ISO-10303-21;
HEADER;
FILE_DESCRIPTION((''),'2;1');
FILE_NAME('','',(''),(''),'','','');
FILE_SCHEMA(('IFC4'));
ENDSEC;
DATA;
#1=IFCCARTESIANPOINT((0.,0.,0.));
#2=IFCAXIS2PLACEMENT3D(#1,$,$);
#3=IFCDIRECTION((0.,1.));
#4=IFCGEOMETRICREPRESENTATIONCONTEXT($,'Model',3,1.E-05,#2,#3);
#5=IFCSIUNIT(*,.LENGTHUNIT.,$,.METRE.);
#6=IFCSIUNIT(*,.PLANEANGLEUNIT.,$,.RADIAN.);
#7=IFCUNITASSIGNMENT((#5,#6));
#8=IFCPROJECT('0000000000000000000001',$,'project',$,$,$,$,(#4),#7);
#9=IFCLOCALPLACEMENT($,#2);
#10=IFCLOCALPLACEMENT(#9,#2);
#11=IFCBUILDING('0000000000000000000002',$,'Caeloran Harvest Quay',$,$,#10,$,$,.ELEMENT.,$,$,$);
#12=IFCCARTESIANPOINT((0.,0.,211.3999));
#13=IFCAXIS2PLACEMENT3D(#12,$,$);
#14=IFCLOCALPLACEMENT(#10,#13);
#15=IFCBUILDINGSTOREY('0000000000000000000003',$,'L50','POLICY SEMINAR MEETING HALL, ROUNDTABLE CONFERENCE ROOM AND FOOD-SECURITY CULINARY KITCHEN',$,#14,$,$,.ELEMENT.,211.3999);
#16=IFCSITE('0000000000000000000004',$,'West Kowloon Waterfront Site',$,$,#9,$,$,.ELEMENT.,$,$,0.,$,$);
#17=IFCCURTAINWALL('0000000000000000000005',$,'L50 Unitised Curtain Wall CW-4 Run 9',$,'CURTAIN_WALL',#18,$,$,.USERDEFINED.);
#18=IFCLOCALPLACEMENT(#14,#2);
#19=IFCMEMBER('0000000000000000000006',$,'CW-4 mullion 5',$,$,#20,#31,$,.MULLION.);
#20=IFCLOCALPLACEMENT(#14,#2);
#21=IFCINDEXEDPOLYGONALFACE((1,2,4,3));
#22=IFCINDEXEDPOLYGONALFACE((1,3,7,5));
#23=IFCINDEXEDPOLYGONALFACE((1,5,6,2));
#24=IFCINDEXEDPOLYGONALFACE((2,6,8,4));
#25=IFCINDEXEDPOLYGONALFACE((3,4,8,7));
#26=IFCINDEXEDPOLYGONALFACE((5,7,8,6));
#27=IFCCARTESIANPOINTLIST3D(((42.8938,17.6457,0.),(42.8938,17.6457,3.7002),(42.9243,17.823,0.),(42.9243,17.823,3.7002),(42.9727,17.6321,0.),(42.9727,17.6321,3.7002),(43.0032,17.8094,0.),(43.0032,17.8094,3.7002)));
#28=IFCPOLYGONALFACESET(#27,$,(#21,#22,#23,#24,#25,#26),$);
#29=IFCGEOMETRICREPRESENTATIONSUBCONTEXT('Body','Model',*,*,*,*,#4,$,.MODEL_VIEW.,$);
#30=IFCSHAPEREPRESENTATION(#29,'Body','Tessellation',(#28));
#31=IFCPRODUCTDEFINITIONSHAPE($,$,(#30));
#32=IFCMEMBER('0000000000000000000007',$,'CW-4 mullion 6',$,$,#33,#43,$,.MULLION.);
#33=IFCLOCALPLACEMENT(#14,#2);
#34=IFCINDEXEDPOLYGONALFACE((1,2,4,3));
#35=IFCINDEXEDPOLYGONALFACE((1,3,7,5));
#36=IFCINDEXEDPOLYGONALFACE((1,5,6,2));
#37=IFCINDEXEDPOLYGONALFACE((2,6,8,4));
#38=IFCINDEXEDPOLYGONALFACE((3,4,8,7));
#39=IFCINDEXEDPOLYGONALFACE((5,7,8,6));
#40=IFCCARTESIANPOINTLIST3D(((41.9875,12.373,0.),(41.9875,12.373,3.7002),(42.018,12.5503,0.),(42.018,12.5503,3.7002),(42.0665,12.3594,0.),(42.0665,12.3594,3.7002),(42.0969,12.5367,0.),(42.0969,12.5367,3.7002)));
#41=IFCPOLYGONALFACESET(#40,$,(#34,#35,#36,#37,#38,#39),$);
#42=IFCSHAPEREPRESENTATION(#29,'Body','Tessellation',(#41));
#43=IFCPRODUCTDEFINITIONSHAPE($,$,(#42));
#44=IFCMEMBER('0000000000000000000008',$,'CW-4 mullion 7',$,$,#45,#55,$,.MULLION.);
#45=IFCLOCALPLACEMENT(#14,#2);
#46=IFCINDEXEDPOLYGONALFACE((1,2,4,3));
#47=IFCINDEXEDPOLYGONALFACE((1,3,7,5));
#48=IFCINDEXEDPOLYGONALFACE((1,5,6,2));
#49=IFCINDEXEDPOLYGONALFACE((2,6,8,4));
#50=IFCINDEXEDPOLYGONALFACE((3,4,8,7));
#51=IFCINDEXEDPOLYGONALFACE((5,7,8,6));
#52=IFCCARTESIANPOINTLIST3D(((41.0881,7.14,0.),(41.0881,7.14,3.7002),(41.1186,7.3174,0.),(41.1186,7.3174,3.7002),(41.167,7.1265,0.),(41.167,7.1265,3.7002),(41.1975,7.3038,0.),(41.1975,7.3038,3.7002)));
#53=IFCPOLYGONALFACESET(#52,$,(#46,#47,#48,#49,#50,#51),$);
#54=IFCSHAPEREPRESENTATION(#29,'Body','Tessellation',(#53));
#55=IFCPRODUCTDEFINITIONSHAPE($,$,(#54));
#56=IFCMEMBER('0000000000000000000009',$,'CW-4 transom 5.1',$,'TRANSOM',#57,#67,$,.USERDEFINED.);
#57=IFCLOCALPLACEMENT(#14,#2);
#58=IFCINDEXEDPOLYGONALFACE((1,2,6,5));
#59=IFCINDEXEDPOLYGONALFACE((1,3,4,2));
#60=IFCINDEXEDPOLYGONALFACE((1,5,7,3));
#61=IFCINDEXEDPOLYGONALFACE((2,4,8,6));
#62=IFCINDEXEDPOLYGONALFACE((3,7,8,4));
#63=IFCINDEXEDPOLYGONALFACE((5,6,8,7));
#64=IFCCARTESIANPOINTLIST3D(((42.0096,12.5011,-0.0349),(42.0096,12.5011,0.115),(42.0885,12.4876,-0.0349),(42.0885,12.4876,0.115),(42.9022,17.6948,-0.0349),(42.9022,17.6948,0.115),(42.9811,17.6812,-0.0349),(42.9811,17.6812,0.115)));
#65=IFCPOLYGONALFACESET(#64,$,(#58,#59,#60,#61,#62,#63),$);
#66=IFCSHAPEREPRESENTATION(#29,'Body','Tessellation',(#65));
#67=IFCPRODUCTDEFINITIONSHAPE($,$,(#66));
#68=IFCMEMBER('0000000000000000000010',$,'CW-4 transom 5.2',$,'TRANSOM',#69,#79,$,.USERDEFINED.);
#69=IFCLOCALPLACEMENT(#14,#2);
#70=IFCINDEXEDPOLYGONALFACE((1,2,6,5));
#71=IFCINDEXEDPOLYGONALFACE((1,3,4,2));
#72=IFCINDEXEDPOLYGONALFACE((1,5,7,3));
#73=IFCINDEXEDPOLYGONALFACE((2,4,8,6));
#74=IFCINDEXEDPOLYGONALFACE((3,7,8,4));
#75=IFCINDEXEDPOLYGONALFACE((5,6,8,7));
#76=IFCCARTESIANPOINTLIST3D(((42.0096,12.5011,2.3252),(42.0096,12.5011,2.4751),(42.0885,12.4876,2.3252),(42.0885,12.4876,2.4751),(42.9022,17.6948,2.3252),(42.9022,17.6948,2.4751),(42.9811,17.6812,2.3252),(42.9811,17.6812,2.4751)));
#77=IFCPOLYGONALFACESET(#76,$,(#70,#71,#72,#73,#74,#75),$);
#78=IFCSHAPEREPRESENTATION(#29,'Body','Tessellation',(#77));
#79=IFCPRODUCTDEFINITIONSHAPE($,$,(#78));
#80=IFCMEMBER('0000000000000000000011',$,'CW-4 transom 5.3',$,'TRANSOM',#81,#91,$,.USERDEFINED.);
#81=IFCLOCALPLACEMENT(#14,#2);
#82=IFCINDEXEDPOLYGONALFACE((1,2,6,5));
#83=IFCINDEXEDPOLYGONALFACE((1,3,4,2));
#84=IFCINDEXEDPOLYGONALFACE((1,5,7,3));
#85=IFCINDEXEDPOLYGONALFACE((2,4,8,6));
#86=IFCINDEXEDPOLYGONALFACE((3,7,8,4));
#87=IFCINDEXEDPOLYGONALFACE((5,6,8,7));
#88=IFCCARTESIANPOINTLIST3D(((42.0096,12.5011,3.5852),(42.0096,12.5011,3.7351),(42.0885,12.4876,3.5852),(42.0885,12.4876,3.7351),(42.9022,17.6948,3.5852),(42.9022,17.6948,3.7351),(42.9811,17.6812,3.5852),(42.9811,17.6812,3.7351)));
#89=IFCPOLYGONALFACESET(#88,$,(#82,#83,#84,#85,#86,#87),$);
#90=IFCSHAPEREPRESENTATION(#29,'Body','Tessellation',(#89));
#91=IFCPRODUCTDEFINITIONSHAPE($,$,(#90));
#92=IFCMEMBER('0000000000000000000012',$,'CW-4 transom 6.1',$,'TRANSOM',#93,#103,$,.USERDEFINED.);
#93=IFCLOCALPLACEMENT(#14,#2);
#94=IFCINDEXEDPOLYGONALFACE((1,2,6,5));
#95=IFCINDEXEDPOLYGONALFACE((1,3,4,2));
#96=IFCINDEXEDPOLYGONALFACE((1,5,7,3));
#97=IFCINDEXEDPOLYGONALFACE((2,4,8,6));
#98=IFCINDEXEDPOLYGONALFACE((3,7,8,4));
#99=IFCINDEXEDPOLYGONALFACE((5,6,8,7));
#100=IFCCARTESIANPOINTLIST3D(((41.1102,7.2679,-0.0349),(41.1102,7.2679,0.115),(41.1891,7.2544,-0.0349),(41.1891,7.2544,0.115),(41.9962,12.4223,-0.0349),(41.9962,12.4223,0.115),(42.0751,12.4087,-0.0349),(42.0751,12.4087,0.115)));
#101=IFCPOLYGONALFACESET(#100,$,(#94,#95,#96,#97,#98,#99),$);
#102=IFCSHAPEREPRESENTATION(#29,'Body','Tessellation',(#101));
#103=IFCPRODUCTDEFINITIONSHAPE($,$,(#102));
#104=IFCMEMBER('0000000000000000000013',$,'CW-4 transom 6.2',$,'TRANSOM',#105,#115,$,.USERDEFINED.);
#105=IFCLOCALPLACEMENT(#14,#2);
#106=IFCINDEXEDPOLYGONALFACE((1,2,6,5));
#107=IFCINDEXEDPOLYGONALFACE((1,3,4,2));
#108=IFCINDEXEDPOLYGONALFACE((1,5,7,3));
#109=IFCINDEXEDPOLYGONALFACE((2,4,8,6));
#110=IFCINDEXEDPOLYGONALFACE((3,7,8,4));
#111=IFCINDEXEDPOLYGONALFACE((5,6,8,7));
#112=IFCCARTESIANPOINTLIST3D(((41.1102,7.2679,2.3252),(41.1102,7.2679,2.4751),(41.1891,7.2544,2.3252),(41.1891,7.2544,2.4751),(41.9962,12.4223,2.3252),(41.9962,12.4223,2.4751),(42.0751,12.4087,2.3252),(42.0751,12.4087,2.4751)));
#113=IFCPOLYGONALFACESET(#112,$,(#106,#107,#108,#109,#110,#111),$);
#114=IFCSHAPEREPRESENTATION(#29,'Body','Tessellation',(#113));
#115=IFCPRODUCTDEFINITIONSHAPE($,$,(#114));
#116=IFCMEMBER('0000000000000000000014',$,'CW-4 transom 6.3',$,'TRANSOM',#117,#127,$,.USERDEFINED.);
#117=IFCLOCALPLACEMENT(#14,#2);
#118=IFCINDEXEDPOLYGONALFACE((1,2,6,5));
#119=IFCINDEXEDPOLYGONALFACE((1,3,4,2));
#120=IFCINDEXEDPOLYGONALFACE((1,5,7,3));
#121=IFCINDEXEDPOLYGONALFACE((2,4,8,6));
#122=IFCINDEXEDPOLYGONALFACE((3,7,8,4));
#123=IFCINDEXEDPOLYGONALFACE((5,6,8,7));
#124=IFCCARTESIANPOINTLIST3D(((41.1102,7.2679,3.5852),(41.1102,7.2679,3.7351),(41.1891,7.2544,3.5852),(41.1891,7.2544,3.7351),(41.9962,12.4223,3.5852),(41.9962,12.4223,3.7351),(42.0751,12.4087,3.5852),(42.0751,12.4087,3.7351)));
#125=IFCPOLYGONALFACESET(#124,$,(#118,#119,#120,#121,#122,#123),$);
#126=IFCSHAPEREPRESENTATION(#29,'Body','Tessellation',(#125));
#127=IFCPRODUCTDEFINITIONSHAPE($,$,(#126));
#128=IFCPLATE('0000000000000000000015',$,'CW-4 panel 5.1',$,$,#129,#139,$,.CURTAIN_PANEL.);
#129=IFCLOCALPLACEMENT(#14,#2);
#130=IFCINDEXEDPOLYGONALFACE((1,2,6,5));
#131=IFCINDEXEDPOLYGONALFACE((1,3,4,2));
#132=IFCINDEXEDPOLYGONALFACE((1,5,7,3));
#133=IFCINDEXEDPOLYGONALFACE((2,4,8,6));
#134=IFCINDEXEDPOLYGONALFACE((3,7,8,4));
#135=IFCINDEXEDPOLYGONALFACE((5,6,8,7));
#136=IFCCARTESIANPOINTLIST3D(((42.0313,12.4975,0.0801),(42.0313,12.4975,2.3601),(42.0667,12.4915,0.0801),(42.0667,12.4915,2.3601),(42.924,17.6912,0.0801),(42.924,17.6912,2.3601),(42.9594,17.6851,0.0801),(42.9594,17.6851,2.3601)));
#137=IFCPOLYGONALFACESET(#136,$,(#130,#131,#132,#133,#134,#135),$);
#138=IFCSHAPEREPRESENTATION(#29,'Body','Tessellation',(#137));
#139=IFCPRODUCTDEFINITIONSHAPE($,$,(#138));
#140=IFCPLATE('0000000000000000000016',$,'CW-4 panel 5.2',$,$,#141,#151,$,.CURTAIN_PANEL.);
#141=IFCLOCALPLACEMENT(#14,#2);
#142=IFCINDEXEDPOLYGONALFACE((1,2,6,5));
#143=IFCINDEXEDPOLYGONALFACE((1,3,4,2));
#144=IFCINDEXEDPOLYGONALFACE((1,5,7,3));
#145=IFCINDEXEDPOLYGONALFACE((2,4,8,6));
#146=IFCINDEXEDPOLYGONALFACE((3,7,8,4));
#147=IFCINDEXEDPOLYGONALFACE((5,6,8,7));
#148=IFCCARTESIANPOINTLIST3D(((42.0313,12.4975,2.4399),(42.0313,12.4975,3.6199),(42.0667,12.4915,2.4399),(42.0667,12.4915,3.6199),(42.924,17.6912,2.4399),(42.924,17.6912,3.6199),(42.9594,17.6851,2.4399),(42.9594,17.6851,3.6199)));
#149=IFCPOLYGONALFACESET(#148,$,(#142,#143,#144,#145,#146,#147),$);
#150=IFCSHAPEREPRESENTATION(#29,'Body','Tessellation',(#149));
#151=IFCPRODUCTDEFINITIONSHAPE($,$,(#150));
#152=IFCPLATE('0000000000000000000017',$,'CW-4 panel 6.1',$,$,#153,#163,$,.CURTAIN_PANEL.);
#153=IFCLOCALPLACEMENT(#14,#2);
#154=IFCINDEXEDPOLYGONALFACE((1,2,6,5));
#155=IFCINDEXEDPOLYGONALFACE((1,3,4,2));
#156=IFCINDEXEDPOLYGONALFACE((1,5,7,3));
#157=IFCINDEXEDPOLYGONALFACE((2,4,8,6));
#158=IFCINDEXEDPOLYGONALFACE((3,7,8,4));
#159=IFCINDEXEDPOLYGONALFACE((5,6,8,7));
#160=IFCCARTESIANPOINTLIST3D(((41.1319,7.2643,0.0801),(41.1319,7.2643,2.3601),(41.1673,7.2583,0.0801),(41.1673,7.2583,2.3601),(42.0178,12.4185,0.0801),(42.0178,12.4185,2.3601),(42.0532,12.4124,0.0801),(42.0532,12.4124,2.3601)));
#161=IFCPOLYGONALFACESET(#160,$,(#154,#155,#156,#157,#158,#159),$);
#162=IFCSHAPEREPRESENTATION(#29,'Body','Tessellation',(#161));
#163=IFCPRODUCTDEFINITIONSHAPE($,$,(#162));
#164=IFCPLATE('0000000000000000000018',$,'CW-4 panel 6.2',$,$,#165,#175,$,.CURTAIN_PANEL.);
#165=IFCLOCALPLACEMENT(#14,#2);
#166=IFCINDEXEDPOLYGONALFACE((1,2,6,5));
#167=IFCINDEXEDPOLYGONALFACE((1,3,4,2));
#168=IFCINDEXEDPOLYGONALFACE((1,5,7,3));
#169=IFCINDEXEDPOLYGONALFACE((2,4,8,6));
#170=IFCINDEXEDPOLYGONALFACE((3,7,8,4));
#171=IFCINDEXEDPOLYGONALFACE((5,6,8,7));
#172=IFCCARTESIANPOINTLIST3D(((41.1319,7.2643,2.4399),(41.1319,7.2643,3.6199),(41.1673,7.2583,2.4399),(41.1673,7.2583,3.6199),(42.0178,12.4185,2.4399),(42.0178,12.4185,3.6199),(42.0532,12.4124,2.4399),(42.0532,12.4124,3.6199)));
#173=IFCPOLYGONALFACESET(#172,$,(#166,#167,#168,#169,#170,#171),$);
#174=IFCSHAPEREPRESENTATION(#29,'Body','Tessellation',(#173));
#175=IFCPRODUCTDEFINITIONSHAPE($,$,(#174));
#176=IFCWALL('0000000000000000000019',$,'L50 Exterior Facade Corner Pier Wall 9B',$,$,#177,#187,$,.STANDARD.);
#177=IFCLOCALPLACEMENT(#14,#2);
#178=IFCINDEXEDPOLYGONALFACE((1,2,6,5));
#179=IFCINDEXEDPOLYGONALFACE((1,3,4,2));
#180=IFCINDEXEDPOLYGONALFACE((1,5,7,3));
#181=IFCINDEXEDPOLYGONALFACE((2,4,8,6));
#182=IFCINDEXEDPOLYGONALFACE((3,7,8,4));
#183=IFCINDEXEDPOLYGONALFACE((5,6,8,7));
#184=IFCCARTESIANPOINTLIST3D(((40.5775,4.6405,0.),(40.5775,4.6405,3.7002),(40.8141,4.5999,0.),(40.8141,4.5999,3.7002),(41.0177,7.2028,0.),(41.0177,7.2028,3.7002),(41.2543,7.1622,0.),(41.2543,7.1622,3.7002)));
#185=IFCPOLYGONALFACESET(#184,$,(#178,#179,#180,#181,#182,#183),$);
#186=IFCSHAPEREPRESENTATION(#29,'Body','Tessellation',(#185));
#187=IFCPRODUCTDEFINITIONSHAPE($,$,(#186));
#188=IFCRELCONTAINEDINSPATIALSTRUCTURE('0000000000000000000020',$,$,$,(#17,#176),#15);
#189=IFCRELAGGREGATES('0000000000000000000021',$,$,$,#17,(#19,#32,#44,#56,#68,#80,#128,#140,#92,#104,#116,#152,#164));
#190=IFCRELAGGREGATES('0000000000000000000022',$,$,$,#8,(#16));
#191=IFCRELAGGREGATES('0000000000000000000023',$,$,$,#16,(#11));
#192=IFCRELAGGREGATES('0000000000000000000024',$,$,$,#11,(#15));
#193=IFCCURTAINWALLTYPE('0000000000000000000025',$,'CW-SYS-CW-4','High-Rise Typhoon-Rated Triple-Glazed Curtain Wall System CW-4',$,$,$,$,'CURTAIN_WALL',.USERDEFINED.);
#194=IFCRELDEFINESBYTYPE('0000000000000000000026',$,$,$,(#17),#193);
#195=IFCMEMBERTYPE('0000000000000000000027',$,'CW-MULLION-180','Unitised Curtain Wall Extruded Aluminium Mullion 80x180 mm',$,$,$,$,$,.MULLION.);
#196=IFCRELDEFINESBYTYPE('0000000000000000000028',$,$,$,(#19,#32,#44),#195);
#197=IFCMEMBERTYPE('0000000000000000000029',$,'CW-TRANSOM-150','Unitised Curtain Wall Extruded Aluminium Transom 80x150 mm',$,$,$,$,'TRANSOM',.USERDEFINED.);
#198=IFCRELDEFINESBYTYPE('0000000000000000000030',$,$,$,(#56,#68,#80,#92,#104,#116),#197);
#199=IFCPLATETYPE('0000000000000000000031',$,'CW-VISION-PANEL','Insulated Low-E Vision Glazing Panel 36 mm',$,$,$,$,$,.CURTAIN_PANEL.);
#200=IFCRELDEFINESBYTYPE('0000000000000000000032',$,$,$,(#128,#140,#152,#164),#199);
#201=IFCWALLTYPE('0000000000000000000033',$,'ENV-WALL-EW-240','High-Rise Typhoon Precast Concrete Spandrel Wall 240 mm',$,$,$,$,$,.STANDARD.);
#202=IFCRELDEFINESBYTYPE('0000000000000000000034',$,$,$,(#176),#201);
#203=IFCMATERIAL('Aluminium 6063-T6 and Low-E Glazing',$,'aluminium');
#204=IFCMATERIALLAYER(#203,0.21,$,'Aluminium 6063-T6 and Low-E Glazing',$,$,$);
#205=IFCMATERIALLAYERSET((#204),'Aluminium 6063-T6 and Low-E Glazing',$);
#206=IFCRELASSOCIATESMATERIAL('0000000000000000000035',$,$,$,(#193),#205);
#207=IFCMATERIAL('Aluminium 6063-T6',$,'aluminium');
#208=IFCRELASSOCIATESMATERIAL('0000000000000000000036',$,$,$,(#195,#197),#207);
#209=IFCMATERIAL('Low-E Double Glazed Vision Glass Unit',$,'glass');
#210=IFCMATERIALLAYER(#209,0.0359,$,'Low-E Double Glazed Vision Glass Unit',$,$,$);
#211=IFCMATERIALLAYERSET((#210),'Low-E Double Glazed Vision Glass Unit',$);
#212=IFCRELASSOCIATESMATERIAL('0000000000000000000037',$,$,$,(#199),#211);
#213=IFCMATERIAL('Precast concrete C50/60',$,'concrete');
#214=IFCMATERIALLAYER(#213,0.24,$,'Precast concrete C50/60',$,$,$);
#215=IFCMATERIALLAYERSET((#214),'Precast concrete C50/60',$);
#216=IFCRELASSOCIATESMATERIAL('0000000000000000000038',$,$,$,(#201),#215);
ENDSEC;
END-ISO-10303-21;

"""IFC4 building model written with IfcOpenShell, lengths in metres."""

from ifc_helpers import new_model, si_unit, direction, frame, frame_2d, origin, origin_2d, place, context, subcontext, project, spatial, rectangle, extrude, material, layer, layer_set, material_profile, profile_set, type_object, element, aggregate, save


model = new_model("IFC4")

# Units and contexts
model_context = context("Model", 3, precision=1e-05, world=origin(), true_north=direction((0.0, 1.0)))
body_context = subcontext(model_context, "Body", "Model", "MODEL_VIEW")
ifc_project = project(units=[si_unit("LENGTHUNIT", "METRE"), si_unit("PLANEANGLEUNIT", "RADIAN")], contexts=[model_context])

# Site, building, storey
site_placement = place(None, origin())
site = spatial("IfcSite", under=ifc_project, at=site_placement, Name="West Kowloon Waterfront Site", CompositionType="ELEMENT", RefElevation=0.0)
building_placement = place(site_placement, origin())
building = spatial("IfcBuilding", under=site, at=building_placement, Name="Caeloran Harvest Quay", CompositionType="ELEMENT")
storey_placement = place(building_placement, frame((0.0, 0.0, 211.3999)))
storey = spatial("IfcBuildingStorey", under=building, at=storey_placement, Name="L50", Description="POLICY SEMINAR MEETING HALL, ROUNDTABLE CONFERENCE ROOM AND FOOD-SECURITY CULINARY KITCHEN", CompositionType="ELEMENT", Elevation=211.3999)

# Curtain wall, members, plates
ifc_material_1 = material(Name="Aluminium 6063-T6 and Low-E Glazing", Category="aluminium")
ifc_layer_1 = layer(ifc_material_1, 0.21, Name="Aluminium 6063-T6 and Low-E Glazing")
ifc_layer_set_1 = layer_set([ifc_layer_1], Name="Aluminium 6063-T6 and Low-E Glazing")
curtain_wall_type = type_object("IfcCurtainWallType", Name="CW-SYS-CW-4", Description="High-Rise Typhoon-Rated Triple-Glazed Curtain Wall System CW-4", ElementType="CURTAIN_WALL", PredefinedType="USERDEFINED", material=ifc_layer_set_1)
curtain_wall_placement = place(storey_placement, origin())
curtain_wall = element("IfcCurtainWall", 1, at=curtain_wall_placement, inside=storey, type_object=curtain_wall_type, Name="L50 Unitised Curtain Wall CW-4 Run 9", ObjectType="CURTAIN_WALL", PredefinedType="USERDEFINED")
ifc_material_2 = material(Name="Aluminium 6063-T6", Category="aluminium")
ifc_material_profile_1 = material_profile(ifc_material_2, rectangle(XDim=0.0801, YDim=0.1799, at=origin_2d()), Name="CW-MULLION-180")
ifc_profile_set_1 = profile_set([ifc_material_profile_1], Name="Aluminium 6063-T6")
member_type_1 = type_object("IfcMemberType", Name="CW-MULLION-180", Description="Unitised Curtain Wall Extruded Aluminium Mullion 80x180 mm", PredefinedType="MULLION", material=ifc_profile_set_1)
member_1_placement = place(storey_placement, frame((42.9485, 17.7275, 0.0), z_axis=(0.0, 0.0, 1.0), x_axis=(0.985549, -0.169391, 0.0)))
member_1 = element("IfcMember", 2, at=member_1_placement, type_object=member_type_1, Name="CW-4 mullion 5", PredefinedType="MULLION", context=body_context, shape_type="SweptSolid", body=[
    extrude(rectangle(XDim=0.0801, YDim=0.1799, at=origin_2d()), origin(), (0.0, 0.0, 1.0), 3.7002),
])
member_2_placement = place(storey_placement, frame((42.0422, 12.4548, 0.0), z_axis=(0.0, 0.0, 1.0), x_axis=(0.985549, -0.169391, 0.0)))
member_2 = element("IfcMember", 3, at=member_2_placement, type_object=member_type_1, Name="CW-4 mullion 6", PredefinedType="MULLION", context=body_context, shape_type="SweptSolid", body=[
    extrude(rectangle(XDim=0.0801, YDim=0.1799, at=origin_2d()), origin(), (0.0, 0.0, 1.0), 3.7002),
])
member_3_placement = place(storey_placement, frame((41.1428, 7.2219, 0.0), z_axis=(0.0, 0.0, 1.0), x_axis=(0.985549, -0.169391, 0.0)))
member_3 = element("IfcMember", 4, at=member_3_placement, type_object=member_type_1, Name="CW-4 mullion 7", PredefinedType="MULLION", context=body_context, shape_type="SweptSolid", body=[
    extrude(rectangle(XDim=0.0801, YDim=0.1799, at=origin_2d()), origin(), (0.0, 0.0, 1.0), 3.7002),
])
ifc_material_profile_2 = material_profile(ifc_material_2, rectangle(XDim=0.0801, YDim=0.1499, at=origin_2d()), Name="CW-TRANSOM-150")
ifc_profile_set_2 = profile_set([ifc_material_profile_2], Name="Aluminium 6063-T6")
member_type_2 = type_object("IfcMemberType", Name="CW-TRANSOM-150", Description="Unitised Curtain Wall Extruded Aluminium Transom 80x150 mm", ElementType="TRANSOM", PredefinedType="USERDEFINED", material=ifc_profile_set_2)
member_4_placement = place(storey_placement, frame((42.9417, 17.688, 0.04), z_axis=(-0.169378, -0.985551, 0.0), x_axis=(0.985551, -0.169378, 0.0)))
member_4 = element("IfcMember", 5, at=member_4_placement, type_object=member_type_2, Name="CW-4 transom 5.1", ObjectType="TRANSOM", PredefinedType="USERDEFINED", context=body_context, shape_type="SweptSolid", body=[
    extrude(rectangle(XDim=0.0801, YDim=0.1499, at=origin_2d()), origin(), (0.0, 0.0, 1.0), 5.2698),
])
member_5_placement = place(storey_placement, frame((42.9417, 17.688, 2.4001), z_axis=(-0.169378, -0.985551, 0.0), x_axis=(0.985551, -0.169378, 0.0)))
member_5 = element("IfcMember", 6, at=member_5_placement, type_object=member_type_2, Name="CW-4 transom 5.2", ObjectType="TRANSOM", PredefinedType="USERDEFINED", context=body_context, shape_type="SweptSolid", body=[
    extrude(rectangle(XDim=0.0801, YDim=0.1499, at=origin_2d()), origin(), (0.0, 0.0, 1.0), 5.2698),
])
member_6_placement = place(storey_placement, frame((42.9417, 17.688, 3.6602), z_axis=(-0.169378, -0.985551, 0.0), x_axis=(0.985551, -0.169378, 0.0)))
member_6 = element("IfcMember", 7, at=member_6_placement, type_object=member_type_2, Name="CW-4 transom 5.3", ObjectType="TRANSOM", PredefinedType="USERDEFINED", context=body_context, shape_type="SweptSolid", body=[
    extrude(rectangle(XDim=0.0801, YDim=0.1499, at=origin_2d()), origin(), (0.0, 0.0, 1.0), 5.2698),
])
member_7_placement = place(storey_placement, frame((42.0356, 12.4155, 0.04), z_axis=(-0.169408, -0.985546, 0.0), x_axis=(0.985546, -0.169408, 0.0)))
member_7 = element("IfcMember", 8, at=member_7_placement, type_object=member_type_2, Name="CW-4 transom 6.1", ObjectType="TRANSOM", PredefinedType="USERDEFINED", context=body_context, shape_type="SweptSolid", body=[
    extrude(rectangle(XDim=0.0801, YDim=0.1499, at=origin_2d()), origin(), (0.0, 0.0, 1.0), 5.23),
])
member_8_placement = place(storey_placement, frame((42.0356, 12.4155, 2.4001), z_axis=(-0.169408, -0.985546, 0.0), x_axis=(0.985546, -0.169408, 0.0)))
member_8 = element("IfcMember", 9, at=member_8_placement, type_object=member_type_2, Name="CW-4 transom 6.2", ObjectType="TRANSOM", PredefinedType="USERDEFINED", context=body_context, shape_type="SweptSolid", body=[
    extrude(rectangle(XDim=0.0801, YDim=0.1499, at=origin_2d()), origin(), (0.0, 0.0, 1.0), 5.23),
])
member_9_placement = place(storey_placement, frame((42.0356, 12.4155, 3.6602), z_axis=(-0.169408, -0.985546, 0.0), x_axis=(0.985546, -0.169408, 0.0)))
member_9 = element("IfcMember", 10, at=member_9_placement, type_object=member_type_2, Name="CW-4 transom 6.3", ObjectType="TRANSOM", PredefinedType="USERDEFINED", context=body_context, shape_type="SweptSolid", body=[
    extrude(rectangle(XDim=0.0801, YDim=0.1499, at=origin_2d()), origin(), (0.0, 0.0, 1.0), 5.23),
])
ifc_material_3 = material(Name="Low-E Double Glazed Vision Glass Unit", Category="glass")
ifc_layer_2 = layer(ifc_material_3, 0.0359, Name="Low-E Double Glazed Vision Glass Unit")
ifc_layer_set_2 = layer_set([ifc_layer_2], Name="Low-E Double Glazed Vision Glass Unit")
plate_type = type_object("IfcPlateType", Name="CW-VISION-PANEL", Description="Insulated Low-E Vision Glazing Panel 36 mm", PredefinedType="CURTAIN_PANEL", material=ifc_layer_set_2)
plate_1_placement = place(storey_placement, frame((42.4954, 15.0913, 0.0801), z_axis=(0.0, 0.0, 1.0), x_axis=(-0.169391, -0.985549, 0.0)))
plate_1 = element("IfcPlate", 11, at=plate_1_placement, type_object=plate_type, Name="CW-4 panel 5.1", PredefinedType="CURTAIN_PANEL", context=body_context, shape_type="SweptSolid", body=[
    extrude(rectangle(XDim=5.2698, YDim=0.0359, at=origin_2d()), origin(), (0.0, 0.0, 1.0), 2.28),
])
plate_2_placement = place(storey_placement, frame((42.4954, 15.0913, 2.4399), z_axis=(0.0, 0.0, 1.0), x_axis=(-0.169391, -0.985549, 0.0)))
plate_2 = element("IfcPlate", 12, at=plate_2_placement, type_object=plate_type, Name="CW-4 panel 5.2", PredefinedType="CURTAIN_PANEL", context=body_context, shape_type="SweptSolid", body=[
    extrude(rectangle(XDim=5.2698, YDim=0.0359, at=origin_2d()), origin(), (0.0, 0.0, 1.0), 1.1799),
])
plate_3_placement = place(storey_placement, frame((41.5925, 9.8384, 0.0801), z_axis=(0.0, 0.0, 1.0), x_axis=(-0.169391, -0.985549, 0.0)))
plate_3 = element("IfcPlate", 13, at=plate_3_placement, type_object=plate_type, Name="CW-4 panel 6.1", PredefinedType="CURTAIN_PANEL", context=body_context, shape_type="SweptSolid", body=[
    extrude(rectangle(XDim=5.2297, YDim=0.0359, at=origin_2d()), origin(), (0.0, 0.0, 1.0), 2.28),
])
plate_4_placement = place(storey_placement, frame((41.5925, 9.8384, 2.4399), z_axis=(0.0, 0.0, 1.0), x_axis=(-0.169391, -0.985549, 0.0)))
plate_4 = element("IfcPlate", 14, at=plate_4_placement, type_object=plate_type, Name="CW-4 panel 6.2", PredefinedType="CURTAIN_PANEL", context=body_context, shape_type="SweptSolid", body=[
    extrude(rectangle(XDim=5.2297, YDim=0.0359, at=origin_2d()), origin(), (0.0, 0.0, 1.0), 1.1799),
])
aggregate(curtain_wall, [member_1, member_2, member_3, member_4, member_5, member_6, plate_1, plate_2, member_7, member_8, member_9, plate_3, plate_4])

# Wall
ifc_material_4 = material(Name="Precast concrete C50/60", Category="concrete")
ifc_layer_3 = layer(ifc_material_4, 0.24, Name="Precast concrete C50/60")
ifc_layer_set_3 = layer_set([ifc_layer_3], Name="Precast concrete C50/60")
wall_type_1 = type_object("IfcWallType", Name="ENV-WALL-EW-240", Description="High-Rise Typhoon Precast Concrete Spandrel Wall 240 mm", PredefinedType="STANDARD", material=ifc_layer_set_3)
wall_1_placement = place(storey_placement, frame((41.136, 7.1824, 0.0), z_axis=(0.0, 0.0, 1.0), x_axis=(-0.169316, -0.985562, 0.0)))
element("IfcWall", 15, at=wall_1_placement, inside=storey, type_object=wall_type_1, Name="L50 Exterior Facade Corner Pier Wall 9B", PredefinedType="STANDARD", context=body_context, shape_type="SweptSolid", body=[
    extrude(rectangle(XDim=2.5999, YDim=0.24, at=frame_2d((1.2998, 0.0))), origin(), (0.0, 0.0, 1.0), 3.7002),
])

save(model, "model.ifc")
